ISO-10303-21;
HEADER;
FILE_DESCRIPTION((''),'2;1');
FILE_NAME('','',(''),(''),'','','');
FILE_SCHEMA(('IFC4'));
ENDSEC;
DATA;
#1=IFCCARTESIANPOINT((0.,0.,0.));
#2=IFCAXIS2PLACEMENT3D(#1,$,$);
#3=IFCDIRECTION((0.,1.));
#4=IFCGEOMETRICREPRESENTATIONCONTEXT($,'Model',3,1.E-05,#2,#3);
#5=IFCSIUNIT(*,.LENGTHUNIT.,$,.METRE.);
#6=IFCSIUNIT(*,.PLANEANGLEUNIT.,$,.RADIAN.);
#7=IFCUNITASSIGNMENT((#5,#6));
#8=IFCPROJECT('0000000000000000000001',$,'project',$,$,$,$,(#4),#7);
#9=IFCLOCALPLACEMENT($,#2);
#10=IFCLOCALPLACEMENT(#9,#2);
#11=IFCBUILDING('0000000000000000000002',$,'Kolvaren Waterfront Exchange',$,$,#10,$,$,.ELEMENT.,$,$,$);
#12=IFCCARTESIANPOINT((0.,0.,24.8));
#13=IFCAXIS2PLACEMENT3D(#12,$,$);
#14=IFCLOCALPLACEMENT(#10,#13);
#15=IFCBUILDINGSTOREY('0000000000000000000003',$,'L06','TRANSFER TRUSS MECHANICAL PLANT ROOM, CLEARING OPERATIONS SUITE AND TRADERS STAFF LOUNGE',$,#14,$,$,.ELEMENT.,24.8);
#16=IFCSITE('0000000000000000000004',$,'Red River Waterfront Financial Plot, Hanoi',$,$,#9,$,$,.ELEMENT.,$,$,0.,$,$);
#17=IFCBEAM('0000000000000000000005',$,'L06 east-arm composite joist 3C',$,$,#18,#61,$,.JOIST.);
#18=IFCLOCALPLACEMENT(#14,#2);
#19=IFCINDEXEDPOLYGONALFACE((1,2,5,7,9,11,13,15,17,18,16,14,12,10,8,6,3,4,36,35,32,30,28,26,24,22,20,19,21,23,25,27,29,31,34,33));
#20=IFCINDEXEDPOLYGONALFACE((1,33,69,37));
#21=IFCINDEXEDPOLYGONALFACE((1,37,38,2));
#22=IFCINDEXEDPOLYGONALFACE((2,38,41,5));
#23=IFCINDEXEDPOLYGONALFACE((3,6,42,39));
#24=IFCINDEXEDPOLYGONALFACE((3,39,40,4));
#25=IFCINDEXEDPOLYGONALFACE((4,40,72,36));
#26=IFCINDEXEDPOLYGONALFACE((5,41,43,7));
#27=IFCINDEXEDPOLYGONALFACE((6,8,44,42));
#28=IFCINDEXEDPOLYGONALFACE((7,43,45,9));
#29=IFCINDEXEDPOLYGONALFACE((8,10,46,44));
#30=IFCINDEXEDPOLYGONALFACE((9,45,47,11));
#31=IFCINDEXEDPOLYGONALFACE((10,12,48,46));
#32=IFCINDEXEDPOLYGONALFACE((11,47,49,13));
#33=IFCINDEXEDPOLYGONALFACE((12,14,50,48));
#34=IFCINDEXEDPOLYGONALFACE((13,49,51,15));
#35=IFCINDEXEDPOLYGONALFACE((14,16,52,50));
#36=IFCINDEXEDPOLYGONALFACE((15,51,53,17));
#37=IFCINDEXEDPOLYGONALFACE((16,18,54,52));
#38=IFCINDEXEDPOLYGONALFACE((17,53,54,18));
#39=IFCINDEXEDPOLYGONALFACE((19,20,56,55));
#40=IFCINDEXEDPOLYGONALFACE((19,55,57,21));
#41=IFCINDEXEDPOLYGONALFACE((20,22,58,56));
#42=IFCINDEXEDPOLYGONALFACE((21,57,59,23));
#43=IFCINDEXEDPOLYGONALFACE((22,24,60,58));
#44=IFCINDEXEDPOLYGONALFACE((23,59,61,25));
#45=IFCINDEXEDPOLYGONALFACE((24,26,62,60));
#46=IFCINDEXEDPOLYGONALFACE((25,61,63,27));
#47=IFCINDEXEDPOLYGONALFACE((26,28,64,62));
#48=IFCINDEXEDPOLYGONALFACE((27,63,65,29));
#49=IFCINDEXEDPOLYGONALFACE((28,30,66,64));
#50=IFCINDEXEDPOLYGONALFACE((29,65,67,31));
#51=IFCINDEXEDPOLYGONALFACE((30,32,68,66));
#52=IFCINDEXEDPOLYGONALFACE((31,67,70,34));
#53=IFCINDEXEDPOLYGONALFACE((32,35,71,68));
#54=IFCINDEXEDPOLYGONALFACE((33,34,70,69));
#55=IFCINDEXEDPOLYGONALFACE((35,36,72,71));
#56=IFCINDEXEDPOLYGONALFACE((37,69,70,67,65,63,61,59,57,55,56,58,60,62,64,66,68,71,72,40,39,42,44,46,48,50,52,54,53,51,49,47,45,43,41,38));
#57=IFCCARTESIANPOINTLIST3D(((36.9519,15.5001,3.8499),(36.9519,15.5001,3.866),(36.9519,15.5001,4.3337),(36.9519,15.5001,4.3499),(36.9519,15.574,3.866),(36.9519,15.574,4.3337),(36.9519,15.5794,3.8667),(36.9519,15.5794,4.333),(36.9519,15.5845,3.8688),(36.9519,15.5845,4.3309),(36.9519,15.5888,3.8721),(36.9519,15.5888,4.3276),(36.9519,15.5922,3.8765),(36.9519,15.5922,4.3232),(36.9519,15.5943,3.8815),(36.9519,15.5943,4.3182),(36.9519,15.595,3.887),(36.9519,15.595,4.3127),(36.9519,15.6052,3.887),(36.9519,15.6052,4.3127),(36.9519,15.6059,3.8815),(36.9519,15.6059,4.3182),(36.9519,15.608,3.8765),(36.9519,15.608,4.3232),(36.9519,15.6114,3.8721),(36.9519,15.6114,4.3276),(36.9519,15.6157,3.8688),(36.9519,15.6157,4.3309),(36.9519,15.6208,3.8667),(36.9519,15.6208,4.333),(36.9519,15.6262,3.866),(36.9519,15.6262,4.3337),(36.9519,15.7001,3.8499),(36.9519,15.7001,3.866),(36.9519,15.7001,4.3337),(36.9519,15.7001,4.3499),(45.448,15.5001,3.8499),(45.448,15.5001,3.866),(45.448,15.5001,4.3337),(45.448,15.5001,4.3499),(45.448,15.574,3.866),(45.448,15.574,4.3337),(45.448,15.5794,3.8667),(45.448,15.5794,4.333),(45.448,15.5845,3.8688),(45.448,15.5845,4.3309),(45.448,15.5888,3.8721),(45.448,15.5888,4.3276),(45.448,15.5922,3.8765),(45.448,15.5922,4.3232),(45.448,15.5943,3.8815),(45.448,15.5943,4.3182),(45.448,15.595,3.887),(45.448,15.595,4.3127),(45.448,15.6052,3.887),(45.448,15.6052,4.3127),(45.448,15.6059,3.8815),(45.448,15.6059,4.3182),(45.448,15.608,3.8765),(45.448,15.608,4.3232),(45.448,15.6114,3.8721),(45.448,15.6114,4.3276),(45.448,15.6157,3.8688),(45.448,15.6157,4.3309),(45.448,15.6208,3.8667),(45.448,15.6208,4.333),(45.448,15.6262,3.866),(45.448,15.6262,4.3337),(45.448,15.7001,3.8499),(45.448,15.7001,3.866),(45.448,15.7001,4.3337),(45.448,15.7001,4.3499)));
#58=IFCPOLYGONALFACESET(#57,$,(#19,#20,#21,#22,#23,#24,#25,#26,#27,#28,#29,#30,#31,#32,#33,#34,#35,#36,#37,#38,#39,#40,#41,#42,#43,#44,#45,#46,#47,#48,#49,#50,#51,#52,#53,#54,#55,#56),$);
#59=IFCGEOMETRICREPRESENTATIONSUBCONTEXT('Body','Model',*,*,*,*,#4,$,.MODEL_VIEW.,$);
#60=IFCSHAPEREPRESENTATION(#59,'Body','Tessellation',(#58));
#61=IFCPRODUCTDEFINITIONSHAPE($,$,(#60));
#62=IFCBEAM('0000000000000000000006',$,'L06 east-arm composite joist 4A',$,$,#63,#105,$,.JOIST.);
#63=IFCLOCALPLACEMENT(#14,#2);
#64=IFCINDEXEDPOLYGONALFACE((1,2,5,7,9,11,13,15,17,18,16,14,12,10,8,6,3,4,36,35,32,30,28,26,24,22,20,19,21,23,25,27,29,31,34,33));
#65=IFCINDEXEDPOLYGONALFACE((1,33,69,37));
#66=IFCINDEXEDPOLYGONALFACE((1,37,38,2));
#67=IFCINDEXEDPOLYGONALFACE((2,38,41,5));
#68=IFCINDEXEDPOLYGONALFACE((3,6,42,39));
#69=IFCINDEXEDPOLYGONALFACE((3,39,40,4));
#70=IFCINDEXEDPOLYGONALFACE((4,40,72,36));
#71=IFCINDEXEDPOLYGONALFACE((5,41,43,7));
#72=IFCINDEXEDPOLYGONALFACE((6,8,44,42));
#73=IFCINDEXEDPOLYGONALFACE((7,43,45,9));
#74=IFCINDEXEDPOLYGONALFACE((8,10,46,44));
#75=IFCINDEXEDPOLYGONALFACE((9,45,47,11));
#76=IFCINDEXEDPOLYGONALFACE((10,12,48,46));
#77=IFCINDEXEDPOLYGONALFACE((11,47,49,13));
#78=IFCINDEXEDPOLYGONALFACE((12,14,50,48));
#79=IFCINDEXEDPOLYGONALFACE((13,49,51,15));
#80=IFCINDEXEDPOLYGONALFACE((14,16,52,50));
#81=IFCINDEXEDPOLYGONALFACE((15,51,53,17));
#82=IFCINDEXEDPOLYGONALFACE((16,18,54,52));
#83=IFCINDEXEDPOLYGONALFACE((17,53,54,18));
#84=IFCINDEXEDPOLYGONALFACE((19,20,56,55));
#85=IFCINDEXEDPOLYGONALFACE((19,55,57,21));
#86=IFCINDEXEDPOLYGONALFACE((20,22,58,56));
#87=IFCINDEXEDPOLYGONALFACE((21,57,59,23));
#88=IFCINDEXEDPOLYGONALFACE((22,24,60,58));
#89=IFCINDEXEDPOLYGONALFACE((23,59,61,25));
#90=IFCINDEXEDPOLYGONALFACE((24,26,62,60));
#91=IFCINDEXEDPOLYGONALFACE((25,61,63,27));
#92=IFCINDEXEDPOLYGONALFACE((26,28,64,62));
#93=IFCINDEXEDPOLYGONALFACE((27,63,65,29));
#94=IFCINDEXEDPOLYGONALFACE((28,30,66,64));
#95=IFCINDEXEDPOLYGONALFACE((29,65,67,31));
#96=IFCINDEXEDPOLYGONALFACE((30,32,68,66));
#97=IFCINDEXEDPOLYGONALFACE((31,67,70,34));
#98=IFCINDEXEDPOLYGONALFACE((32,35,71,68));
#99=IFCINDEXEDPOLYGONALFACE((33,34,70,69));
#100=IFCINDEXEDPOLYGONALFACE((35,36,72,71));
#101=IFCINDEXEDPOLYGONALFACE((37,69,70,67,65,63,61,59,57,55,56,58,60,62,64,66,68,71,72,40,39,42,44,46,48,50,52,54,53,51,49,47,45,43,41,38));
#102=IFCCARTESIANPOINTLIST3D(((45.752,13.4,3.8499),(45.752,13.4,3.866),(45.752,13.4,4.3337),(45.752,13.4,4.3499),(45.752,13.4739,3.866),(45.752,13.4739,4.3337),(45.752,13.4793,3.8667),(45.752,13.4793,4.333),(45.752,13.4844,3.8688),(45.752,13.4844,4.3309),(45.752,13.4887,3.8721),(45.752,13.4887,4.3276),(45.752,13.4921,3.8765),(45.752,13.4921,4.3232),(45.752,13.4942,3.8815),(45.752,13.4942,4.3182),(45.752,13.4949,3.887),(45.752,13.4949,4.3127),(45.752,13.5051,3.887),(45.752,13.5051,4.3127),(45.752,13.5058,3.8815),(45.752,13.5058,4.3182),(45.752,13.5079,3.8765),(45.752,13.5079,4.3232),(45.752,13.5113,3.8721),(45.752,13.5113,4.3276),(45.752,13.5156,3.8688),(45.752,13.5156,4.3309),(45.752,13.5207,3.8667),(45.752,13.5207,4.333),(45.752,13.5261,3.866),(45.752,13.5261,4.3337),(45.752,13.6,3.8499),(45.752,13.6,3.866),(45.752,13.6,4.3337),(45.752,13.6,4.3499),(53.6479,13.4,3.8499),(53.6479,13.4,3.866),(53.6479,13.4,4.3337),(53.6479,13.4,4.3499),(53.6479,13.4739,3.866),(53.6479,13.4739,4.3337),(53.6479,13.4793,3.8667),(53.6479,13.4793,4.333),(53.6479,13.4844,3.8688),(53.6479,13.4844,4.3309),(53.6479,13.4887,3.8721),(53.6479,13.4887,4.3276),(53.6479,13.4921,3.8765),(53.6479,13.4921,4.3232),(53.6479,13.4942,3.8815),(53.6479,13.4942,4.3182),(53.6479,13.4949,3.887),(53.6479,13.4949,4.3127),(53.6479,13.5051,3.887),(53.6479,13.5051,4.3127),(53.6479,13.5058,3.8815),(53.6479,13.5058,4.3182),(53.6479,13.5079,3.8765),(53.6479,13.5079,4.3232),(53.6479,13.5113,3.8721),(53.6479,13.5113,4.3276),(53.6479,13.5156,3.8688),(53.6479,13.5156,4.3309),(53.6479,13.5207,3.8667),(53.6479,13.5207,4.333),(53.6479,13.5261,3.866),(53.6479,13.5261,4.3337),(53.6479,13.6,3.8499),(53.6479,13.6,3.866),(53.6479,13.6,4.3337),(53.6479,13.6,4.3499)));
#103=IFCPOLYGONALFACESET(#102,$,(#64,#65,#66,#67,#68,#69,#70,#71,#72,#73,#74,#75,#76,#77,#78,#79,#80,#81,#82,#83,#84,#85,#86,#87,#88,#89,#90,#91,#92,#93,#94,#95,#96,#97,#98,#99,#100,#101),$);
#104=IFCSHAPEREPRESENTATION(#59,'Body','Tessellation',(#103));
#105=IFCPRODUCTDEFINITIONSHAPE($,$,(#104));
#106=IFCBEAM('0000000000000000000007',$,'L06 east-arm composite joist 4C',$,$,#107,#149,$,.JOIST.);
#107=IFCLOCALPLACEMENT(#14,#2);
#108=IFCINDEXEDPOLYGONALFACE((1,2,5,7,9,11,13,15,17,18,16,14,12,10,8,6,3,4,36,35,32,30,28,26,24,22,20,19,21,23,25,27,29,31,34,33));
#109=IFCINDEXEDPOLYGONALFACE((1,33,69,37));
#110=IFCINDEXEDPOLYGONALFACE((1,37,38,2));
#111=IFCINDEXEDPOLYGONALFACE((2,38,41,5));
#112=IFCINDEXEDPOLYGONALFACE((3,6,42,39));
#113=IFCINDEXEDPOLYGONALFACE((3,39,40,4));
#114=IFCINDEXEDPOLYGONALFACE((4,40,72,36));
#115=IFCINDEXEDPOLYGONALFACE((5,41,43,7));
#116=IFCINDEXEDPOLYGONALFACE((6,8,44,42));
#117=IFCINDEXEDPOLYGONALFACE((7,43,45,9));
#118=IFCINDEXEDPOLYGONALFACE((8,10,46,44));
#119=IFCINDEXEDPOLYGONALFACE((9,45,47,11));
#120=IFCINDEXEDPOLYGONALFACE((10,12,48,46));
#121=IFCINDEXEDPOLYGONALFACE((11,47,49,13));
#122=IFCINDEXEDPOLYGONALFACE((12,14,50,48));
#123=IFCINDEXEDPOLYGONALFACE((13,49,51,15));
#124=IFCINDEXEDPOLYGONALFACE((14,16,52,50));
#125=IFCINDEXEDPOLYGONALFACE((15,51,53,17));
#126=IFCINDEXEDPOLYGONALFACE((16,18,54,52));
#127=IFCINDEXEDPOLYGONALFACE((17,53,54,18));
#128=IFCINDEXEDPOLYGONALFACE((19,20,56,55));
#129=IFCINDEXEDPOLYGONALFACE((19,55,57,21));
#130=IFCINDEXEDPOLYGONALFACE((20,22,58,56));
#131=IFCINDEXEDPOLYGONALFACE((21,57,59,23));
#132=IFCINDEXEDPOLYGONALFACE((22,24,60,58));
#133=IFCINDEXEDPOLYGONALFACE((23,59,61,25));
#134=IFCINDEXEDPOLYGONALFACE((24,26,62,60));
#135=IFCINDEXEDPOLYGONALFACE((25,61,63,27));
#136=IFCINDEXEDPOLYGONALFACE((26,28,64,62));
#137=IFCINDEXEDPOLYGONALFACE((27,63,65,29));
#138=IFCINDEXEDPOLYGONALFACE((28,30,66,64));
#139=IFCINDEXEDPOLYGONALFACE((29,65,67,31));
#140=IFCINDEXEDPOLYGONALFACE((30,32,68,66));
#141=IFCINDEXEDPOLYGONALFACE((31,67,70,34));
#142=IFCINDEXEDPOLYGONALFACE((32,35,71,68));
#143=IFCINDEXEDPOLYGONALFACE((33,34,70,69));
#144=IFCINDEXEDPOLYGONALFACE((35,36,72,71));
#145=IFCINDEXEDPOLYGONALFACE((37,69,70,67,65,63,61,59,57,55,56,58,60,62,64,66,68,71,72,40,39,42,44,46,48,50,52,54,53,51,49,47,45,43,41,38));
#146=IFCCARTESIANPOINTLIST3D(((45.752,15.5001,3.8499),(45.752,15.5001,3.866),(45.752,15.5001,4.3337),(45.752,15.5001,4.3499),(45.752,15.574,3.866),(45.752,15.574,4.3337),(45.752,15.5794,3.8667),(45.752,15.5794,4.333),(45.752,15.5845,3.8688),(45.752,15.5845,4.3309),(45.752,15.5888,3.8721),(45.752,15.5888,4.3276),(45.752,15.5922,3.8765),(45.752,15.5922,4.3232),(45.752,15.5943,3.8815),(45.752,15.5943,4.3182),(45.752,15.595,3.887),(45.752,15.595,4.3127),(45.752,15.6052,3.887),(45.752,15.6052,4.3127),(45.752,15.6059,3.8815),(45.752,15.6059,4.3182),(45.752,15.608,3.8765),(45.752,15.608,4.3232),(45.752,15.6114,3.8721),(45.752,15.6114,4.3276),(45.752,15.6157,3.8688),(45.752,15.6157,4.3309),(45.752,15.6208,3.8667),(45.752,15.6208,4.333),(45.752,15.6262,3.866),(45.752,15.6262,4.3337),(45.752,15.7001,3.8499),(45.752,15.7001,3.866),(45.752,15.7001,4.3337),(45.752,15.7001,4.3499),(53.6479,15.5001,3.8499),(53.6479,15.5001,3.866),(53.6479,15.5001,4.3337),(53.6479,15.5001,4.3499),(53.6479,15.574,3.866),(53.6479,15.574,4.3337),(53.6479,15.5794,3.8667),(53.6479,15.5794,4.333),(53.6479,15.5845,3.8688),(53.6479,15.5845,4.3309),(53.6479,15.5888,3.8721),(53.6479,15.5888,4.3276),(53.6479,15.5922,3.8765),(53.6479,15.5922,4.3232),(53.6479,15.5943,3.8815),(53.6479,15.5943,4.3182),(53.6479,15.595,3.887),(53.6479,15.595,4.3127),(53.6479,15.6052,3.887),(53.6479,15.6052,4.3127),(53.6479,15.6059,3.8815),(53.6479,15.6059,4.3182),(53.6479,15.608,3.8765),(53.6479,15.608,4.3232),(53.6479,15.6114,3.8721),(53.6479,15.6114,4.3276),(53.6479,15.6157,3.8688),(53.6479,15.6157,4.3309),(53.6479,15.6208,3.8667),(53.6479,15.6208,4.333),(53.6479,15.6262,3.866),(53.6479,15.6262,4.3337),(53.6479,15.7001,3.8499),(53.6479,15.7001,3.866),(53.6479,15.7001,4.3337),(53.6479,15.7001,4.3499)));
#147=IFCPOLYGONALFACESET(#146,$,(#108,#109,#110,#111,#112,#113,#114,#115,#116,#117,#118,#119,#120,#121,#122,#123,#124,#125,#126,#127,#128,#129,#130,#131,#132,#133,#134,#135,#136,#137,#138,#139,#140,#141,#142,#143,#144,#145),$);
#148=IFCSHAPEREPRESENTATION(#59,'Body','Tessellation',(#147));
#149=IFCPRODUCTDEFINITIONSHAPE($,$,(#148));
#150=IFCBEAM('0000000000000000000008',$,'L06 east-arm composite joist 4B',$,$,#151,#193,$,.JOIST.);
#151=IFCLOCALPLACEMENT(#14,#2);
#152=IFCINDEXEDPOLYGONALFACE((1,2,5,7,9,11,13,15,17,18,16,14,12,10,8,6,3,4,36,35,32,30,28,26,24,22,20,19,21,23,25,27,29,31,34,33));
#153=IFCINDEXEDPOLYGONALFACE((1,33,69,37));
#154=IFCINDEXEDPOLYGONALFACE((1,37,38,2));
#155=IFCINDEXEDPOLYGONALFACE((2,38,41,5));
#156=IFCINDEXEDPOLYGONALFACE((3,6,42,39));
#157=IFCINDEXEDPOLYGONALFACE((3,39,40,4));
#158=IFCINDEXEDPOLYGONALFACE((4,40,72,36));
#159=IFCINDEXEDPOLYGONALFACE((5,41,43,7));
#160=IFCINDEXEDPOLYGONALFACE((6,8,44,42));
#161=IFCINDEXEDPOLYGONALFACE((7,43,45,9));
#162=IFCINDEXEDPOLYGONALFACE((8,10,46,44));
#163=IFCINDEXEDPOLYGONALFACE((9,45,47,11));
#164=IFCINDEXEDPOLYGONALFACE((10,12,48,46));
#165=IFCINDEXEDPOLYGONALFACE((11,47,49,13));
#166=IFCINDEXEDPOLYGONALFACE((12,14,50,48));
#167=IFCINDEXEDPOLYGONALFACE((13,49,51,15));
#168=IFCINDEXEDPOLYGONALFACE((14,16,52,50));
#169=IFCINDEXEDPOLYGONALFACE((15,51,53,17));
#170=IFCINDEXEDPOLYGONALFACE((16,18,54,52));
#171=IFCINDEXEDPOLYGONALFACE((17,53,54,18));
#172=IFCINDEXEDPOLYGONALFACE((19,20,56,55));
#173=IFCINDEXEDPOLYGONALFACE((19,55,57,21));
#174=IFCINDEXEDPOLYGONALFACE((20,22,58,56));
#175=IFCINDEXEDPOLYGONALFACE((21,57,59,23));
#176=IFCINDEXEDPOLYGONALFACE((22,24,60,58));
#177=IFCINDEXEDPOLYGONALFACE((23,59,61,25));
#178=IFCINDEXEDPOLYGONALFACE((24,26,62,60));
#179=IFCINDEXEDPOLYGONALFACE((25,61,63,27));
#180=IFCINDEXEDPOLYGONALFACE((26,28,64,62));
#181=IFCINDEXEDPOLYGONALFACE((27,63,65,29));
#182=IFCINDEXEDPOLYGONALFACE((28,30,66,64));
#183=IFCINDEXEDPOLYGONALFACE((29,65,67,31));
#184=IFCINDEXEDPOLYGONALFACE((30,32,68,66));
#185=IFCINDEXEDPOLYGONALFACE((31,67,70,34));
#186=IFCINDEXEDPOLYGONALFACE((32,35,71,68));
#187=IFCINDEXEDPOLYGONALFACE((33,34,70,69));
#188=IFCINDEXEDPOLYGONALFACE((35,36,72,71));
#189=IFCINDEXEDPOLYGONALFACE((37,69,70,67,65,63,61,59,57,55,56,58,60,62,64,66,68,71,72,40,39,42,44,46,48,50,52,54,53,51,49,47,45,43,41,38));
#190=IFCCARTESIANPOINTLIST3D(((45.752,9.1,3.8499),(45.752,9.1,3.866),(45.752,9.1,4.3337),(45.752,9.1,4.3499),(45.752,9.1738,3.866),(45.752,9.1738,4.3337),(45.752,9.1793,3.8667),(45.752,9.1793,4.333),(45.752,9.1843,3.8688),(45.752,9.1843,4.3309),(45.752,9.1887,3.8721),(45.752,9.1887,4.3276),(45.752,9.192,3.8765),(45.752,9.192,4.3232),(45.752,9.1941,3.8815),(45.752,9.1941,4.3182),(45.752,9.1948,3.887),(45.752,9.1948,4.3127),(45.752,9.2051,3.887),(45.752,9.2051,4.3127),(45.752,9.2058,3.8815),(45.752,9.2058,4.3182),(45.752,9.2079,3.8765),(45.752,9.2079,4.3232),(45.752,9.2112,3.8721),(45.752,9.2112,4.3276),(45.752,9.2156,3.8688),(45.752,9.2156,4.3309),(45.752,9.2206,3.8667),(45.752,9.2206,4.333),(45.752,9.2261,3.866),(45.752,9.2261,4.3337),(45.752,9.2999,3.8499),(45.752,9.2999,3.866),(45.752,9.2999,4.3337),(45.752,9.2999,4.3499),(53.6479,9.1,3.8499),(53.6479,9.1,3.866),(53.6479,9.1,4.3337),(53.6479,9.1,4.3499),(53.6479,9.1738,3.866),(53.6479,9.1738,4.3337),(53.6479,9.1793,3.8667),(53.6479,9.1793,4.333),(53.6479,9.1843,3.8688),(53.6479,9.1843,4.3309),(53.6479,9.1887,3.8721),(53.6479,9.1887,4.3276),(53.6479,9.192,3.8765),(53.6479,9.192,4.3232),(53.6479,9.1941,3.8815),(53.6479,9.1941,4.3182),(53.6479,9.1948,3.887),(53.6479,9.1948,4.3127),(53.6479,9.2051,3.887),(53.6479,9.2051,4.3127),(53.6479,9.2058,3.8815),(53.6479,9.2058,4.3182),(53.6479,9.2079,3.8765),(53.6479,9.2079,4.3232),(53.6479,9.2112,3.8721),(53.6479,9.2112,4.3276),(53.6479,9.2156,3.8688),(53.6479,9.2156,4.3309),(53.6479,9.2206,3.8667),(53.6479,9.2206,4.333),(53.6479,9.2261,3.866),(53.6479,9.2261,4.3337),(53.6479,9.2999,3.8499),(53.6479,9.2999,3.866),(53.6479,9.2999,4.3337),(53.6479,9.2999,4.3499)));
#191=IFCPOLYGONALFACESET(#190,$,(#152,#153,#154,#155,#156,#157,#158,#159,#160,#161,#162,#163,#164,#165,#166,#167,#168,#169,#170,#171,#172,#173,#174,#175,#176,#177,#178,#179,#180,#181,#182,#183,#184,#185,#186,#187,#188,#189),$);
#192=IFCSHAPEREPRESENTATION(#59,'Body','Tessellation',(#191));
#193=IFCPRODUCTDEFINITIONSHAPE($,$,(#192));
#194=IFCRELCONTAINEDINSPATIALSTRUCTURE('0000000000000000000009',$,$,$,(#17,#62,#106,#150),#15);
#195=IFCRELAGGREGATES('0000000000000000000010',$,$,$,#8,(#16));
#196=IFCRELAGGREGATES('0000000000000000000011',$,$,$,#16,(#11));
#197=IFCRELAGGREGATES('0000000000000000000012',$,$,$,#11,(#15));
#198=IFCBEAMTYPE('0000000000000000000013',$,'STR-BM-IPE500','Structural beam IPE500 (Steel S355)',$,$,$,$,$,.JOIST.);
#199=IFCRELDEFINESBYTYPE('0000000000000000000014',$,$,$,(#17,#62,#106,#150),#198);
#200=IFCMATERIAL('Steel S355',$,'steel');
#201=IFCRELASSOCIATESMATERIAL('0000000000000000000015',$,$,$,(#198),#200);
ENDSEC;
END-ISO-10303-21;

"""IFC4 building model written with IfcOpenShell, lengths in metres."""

from ifc_helpers import new_model, si_unit, direction, frame, origin, origin_2d, place, context, subcontext, project, spatial, i_section, extrude, material, material_profile, profile_set, type_object, element, save


model = new_model("IFC4")

# Units and contexts
model_context = context("Model", 3, precision=1e-05, world=origin(), true_north=direction((0.0, 1.0)))
body_context = subcontext(model_context, "Body", "Model", "MODEL_VIEW")
ifc_project = project(units=[si_unit("LENGTHUNIT", "METRE"), si_unit("PLANEANGLEUNIT", "RADIAN")], contexts=[model_context])

# Site, building, storey
site_placement = place(None, origin())
site = spatial("IfcSite", under=ifc_project, at=site_placement, Name="Red River Waterfront Financial Plot, Hanoi", CompositionType="ELEMENT", RefElevation=0.0)
building_placement = place(site_placement, origin())
building = spatial("IfcBuilding", under=site, at=building_placement, Name="Kolvaren Waterfront Exchange", CompositionType="ELEMENT")
storey_placement = place(building_placement, frame((0.0, 0.0, 24.8)))
storey = spatial("IfcBuildingStorey", under=building, at=storey_placement, Name="L06", Description="TRANSFER TRUSS MECHANICAL PLANT ROOM, CLEARING OPERATIONS SUITE AND TRADERS STAFF LOUNGE", CompositionType="ELEMENT", Elevation=24.8)

# Beams
ifc_material_1 = material(Name="Steel S355", Category="steel")
ifc_material_profile_1 = material_profile(ifc_material_1, i_section(OverallWidth=0.2, OverallDepth=0.5, WebThickness=0.0103, FlangeThickness=0.0161, FilletRadius=0.021, at=origin_2d()), Name="IPE500")
ifc_profile_set_1 = profile_set([ifc_material_profile_1], Name="Steel S355")
beam_type_1 = type_object("IfcBeamType", Name="STR-BM-IPE500", Description="Structural beam IPE500 (Steel S355)", PredefinedType="JOIST", material=ifc_profile_set_1)
beam_1_placement = place(storey_placement, frame((36.9519, 15.6001, 4.0999), z_axis=(1.0, 0.0, 0.0), x_axis=(0.0, 1.0, 0.0)))
element("IfcBeam", 1, at=beam_1_placement, inside=storey, type_object=beam_type_1, Name="L06 east-arm composite joist 3C", PredefinedType="JOIST", context=body_context, shape_type="SweptSolid", body=[
    extrude(i_section(OverallWidth=0.2, OverallDepth=0.5, WebThickness=0.0103, FlangeThickness=0.0161, FilletRadius=0.021, at=origin_2d()), origin(), (0.0, 0.0, 1.0), 8.4961),
])
for number, where, z_axis, x_axis, name in (
    (2, (45.752, 13.5, 4.0999), (1.0, 0.0, 0.0), (0.0, 1.0, 0.0), "L06 east-arm composite joist 4A"),
    (3, (45.752, 15.6001, 4.0999), (1.0, 0.0, 0.0), (0.0, 1.0, 0.0), "L06 east-arm composite joist 4C"),
    (4, (45.752, 9.2, 4.0999), (1.0, 0.0, 0.0), (0.0, 1.0, 0.0), "L06 east-arm composite joist 4B"),
):
    element("IfcBeam", number, at=place(storey_placement, frame(where, z_axis=z_axis, x_axis=x_axis)), inside=storey, type_object=beam_type_1, Name=name, PredefinedType="JOIST", context=body_context, shape_type="SweptSolid", body=[
        extrude(i_section(OverallWidth=0.2, OverallDepth=0.5, WebThickness=0.0103, FlangeThickness=0.0161, FilletRadius=0.021, at=origin_2d()), origin(), (0.0, 0.0, 1.0), 7.896),
    ])

save(model, "model.ifc")
